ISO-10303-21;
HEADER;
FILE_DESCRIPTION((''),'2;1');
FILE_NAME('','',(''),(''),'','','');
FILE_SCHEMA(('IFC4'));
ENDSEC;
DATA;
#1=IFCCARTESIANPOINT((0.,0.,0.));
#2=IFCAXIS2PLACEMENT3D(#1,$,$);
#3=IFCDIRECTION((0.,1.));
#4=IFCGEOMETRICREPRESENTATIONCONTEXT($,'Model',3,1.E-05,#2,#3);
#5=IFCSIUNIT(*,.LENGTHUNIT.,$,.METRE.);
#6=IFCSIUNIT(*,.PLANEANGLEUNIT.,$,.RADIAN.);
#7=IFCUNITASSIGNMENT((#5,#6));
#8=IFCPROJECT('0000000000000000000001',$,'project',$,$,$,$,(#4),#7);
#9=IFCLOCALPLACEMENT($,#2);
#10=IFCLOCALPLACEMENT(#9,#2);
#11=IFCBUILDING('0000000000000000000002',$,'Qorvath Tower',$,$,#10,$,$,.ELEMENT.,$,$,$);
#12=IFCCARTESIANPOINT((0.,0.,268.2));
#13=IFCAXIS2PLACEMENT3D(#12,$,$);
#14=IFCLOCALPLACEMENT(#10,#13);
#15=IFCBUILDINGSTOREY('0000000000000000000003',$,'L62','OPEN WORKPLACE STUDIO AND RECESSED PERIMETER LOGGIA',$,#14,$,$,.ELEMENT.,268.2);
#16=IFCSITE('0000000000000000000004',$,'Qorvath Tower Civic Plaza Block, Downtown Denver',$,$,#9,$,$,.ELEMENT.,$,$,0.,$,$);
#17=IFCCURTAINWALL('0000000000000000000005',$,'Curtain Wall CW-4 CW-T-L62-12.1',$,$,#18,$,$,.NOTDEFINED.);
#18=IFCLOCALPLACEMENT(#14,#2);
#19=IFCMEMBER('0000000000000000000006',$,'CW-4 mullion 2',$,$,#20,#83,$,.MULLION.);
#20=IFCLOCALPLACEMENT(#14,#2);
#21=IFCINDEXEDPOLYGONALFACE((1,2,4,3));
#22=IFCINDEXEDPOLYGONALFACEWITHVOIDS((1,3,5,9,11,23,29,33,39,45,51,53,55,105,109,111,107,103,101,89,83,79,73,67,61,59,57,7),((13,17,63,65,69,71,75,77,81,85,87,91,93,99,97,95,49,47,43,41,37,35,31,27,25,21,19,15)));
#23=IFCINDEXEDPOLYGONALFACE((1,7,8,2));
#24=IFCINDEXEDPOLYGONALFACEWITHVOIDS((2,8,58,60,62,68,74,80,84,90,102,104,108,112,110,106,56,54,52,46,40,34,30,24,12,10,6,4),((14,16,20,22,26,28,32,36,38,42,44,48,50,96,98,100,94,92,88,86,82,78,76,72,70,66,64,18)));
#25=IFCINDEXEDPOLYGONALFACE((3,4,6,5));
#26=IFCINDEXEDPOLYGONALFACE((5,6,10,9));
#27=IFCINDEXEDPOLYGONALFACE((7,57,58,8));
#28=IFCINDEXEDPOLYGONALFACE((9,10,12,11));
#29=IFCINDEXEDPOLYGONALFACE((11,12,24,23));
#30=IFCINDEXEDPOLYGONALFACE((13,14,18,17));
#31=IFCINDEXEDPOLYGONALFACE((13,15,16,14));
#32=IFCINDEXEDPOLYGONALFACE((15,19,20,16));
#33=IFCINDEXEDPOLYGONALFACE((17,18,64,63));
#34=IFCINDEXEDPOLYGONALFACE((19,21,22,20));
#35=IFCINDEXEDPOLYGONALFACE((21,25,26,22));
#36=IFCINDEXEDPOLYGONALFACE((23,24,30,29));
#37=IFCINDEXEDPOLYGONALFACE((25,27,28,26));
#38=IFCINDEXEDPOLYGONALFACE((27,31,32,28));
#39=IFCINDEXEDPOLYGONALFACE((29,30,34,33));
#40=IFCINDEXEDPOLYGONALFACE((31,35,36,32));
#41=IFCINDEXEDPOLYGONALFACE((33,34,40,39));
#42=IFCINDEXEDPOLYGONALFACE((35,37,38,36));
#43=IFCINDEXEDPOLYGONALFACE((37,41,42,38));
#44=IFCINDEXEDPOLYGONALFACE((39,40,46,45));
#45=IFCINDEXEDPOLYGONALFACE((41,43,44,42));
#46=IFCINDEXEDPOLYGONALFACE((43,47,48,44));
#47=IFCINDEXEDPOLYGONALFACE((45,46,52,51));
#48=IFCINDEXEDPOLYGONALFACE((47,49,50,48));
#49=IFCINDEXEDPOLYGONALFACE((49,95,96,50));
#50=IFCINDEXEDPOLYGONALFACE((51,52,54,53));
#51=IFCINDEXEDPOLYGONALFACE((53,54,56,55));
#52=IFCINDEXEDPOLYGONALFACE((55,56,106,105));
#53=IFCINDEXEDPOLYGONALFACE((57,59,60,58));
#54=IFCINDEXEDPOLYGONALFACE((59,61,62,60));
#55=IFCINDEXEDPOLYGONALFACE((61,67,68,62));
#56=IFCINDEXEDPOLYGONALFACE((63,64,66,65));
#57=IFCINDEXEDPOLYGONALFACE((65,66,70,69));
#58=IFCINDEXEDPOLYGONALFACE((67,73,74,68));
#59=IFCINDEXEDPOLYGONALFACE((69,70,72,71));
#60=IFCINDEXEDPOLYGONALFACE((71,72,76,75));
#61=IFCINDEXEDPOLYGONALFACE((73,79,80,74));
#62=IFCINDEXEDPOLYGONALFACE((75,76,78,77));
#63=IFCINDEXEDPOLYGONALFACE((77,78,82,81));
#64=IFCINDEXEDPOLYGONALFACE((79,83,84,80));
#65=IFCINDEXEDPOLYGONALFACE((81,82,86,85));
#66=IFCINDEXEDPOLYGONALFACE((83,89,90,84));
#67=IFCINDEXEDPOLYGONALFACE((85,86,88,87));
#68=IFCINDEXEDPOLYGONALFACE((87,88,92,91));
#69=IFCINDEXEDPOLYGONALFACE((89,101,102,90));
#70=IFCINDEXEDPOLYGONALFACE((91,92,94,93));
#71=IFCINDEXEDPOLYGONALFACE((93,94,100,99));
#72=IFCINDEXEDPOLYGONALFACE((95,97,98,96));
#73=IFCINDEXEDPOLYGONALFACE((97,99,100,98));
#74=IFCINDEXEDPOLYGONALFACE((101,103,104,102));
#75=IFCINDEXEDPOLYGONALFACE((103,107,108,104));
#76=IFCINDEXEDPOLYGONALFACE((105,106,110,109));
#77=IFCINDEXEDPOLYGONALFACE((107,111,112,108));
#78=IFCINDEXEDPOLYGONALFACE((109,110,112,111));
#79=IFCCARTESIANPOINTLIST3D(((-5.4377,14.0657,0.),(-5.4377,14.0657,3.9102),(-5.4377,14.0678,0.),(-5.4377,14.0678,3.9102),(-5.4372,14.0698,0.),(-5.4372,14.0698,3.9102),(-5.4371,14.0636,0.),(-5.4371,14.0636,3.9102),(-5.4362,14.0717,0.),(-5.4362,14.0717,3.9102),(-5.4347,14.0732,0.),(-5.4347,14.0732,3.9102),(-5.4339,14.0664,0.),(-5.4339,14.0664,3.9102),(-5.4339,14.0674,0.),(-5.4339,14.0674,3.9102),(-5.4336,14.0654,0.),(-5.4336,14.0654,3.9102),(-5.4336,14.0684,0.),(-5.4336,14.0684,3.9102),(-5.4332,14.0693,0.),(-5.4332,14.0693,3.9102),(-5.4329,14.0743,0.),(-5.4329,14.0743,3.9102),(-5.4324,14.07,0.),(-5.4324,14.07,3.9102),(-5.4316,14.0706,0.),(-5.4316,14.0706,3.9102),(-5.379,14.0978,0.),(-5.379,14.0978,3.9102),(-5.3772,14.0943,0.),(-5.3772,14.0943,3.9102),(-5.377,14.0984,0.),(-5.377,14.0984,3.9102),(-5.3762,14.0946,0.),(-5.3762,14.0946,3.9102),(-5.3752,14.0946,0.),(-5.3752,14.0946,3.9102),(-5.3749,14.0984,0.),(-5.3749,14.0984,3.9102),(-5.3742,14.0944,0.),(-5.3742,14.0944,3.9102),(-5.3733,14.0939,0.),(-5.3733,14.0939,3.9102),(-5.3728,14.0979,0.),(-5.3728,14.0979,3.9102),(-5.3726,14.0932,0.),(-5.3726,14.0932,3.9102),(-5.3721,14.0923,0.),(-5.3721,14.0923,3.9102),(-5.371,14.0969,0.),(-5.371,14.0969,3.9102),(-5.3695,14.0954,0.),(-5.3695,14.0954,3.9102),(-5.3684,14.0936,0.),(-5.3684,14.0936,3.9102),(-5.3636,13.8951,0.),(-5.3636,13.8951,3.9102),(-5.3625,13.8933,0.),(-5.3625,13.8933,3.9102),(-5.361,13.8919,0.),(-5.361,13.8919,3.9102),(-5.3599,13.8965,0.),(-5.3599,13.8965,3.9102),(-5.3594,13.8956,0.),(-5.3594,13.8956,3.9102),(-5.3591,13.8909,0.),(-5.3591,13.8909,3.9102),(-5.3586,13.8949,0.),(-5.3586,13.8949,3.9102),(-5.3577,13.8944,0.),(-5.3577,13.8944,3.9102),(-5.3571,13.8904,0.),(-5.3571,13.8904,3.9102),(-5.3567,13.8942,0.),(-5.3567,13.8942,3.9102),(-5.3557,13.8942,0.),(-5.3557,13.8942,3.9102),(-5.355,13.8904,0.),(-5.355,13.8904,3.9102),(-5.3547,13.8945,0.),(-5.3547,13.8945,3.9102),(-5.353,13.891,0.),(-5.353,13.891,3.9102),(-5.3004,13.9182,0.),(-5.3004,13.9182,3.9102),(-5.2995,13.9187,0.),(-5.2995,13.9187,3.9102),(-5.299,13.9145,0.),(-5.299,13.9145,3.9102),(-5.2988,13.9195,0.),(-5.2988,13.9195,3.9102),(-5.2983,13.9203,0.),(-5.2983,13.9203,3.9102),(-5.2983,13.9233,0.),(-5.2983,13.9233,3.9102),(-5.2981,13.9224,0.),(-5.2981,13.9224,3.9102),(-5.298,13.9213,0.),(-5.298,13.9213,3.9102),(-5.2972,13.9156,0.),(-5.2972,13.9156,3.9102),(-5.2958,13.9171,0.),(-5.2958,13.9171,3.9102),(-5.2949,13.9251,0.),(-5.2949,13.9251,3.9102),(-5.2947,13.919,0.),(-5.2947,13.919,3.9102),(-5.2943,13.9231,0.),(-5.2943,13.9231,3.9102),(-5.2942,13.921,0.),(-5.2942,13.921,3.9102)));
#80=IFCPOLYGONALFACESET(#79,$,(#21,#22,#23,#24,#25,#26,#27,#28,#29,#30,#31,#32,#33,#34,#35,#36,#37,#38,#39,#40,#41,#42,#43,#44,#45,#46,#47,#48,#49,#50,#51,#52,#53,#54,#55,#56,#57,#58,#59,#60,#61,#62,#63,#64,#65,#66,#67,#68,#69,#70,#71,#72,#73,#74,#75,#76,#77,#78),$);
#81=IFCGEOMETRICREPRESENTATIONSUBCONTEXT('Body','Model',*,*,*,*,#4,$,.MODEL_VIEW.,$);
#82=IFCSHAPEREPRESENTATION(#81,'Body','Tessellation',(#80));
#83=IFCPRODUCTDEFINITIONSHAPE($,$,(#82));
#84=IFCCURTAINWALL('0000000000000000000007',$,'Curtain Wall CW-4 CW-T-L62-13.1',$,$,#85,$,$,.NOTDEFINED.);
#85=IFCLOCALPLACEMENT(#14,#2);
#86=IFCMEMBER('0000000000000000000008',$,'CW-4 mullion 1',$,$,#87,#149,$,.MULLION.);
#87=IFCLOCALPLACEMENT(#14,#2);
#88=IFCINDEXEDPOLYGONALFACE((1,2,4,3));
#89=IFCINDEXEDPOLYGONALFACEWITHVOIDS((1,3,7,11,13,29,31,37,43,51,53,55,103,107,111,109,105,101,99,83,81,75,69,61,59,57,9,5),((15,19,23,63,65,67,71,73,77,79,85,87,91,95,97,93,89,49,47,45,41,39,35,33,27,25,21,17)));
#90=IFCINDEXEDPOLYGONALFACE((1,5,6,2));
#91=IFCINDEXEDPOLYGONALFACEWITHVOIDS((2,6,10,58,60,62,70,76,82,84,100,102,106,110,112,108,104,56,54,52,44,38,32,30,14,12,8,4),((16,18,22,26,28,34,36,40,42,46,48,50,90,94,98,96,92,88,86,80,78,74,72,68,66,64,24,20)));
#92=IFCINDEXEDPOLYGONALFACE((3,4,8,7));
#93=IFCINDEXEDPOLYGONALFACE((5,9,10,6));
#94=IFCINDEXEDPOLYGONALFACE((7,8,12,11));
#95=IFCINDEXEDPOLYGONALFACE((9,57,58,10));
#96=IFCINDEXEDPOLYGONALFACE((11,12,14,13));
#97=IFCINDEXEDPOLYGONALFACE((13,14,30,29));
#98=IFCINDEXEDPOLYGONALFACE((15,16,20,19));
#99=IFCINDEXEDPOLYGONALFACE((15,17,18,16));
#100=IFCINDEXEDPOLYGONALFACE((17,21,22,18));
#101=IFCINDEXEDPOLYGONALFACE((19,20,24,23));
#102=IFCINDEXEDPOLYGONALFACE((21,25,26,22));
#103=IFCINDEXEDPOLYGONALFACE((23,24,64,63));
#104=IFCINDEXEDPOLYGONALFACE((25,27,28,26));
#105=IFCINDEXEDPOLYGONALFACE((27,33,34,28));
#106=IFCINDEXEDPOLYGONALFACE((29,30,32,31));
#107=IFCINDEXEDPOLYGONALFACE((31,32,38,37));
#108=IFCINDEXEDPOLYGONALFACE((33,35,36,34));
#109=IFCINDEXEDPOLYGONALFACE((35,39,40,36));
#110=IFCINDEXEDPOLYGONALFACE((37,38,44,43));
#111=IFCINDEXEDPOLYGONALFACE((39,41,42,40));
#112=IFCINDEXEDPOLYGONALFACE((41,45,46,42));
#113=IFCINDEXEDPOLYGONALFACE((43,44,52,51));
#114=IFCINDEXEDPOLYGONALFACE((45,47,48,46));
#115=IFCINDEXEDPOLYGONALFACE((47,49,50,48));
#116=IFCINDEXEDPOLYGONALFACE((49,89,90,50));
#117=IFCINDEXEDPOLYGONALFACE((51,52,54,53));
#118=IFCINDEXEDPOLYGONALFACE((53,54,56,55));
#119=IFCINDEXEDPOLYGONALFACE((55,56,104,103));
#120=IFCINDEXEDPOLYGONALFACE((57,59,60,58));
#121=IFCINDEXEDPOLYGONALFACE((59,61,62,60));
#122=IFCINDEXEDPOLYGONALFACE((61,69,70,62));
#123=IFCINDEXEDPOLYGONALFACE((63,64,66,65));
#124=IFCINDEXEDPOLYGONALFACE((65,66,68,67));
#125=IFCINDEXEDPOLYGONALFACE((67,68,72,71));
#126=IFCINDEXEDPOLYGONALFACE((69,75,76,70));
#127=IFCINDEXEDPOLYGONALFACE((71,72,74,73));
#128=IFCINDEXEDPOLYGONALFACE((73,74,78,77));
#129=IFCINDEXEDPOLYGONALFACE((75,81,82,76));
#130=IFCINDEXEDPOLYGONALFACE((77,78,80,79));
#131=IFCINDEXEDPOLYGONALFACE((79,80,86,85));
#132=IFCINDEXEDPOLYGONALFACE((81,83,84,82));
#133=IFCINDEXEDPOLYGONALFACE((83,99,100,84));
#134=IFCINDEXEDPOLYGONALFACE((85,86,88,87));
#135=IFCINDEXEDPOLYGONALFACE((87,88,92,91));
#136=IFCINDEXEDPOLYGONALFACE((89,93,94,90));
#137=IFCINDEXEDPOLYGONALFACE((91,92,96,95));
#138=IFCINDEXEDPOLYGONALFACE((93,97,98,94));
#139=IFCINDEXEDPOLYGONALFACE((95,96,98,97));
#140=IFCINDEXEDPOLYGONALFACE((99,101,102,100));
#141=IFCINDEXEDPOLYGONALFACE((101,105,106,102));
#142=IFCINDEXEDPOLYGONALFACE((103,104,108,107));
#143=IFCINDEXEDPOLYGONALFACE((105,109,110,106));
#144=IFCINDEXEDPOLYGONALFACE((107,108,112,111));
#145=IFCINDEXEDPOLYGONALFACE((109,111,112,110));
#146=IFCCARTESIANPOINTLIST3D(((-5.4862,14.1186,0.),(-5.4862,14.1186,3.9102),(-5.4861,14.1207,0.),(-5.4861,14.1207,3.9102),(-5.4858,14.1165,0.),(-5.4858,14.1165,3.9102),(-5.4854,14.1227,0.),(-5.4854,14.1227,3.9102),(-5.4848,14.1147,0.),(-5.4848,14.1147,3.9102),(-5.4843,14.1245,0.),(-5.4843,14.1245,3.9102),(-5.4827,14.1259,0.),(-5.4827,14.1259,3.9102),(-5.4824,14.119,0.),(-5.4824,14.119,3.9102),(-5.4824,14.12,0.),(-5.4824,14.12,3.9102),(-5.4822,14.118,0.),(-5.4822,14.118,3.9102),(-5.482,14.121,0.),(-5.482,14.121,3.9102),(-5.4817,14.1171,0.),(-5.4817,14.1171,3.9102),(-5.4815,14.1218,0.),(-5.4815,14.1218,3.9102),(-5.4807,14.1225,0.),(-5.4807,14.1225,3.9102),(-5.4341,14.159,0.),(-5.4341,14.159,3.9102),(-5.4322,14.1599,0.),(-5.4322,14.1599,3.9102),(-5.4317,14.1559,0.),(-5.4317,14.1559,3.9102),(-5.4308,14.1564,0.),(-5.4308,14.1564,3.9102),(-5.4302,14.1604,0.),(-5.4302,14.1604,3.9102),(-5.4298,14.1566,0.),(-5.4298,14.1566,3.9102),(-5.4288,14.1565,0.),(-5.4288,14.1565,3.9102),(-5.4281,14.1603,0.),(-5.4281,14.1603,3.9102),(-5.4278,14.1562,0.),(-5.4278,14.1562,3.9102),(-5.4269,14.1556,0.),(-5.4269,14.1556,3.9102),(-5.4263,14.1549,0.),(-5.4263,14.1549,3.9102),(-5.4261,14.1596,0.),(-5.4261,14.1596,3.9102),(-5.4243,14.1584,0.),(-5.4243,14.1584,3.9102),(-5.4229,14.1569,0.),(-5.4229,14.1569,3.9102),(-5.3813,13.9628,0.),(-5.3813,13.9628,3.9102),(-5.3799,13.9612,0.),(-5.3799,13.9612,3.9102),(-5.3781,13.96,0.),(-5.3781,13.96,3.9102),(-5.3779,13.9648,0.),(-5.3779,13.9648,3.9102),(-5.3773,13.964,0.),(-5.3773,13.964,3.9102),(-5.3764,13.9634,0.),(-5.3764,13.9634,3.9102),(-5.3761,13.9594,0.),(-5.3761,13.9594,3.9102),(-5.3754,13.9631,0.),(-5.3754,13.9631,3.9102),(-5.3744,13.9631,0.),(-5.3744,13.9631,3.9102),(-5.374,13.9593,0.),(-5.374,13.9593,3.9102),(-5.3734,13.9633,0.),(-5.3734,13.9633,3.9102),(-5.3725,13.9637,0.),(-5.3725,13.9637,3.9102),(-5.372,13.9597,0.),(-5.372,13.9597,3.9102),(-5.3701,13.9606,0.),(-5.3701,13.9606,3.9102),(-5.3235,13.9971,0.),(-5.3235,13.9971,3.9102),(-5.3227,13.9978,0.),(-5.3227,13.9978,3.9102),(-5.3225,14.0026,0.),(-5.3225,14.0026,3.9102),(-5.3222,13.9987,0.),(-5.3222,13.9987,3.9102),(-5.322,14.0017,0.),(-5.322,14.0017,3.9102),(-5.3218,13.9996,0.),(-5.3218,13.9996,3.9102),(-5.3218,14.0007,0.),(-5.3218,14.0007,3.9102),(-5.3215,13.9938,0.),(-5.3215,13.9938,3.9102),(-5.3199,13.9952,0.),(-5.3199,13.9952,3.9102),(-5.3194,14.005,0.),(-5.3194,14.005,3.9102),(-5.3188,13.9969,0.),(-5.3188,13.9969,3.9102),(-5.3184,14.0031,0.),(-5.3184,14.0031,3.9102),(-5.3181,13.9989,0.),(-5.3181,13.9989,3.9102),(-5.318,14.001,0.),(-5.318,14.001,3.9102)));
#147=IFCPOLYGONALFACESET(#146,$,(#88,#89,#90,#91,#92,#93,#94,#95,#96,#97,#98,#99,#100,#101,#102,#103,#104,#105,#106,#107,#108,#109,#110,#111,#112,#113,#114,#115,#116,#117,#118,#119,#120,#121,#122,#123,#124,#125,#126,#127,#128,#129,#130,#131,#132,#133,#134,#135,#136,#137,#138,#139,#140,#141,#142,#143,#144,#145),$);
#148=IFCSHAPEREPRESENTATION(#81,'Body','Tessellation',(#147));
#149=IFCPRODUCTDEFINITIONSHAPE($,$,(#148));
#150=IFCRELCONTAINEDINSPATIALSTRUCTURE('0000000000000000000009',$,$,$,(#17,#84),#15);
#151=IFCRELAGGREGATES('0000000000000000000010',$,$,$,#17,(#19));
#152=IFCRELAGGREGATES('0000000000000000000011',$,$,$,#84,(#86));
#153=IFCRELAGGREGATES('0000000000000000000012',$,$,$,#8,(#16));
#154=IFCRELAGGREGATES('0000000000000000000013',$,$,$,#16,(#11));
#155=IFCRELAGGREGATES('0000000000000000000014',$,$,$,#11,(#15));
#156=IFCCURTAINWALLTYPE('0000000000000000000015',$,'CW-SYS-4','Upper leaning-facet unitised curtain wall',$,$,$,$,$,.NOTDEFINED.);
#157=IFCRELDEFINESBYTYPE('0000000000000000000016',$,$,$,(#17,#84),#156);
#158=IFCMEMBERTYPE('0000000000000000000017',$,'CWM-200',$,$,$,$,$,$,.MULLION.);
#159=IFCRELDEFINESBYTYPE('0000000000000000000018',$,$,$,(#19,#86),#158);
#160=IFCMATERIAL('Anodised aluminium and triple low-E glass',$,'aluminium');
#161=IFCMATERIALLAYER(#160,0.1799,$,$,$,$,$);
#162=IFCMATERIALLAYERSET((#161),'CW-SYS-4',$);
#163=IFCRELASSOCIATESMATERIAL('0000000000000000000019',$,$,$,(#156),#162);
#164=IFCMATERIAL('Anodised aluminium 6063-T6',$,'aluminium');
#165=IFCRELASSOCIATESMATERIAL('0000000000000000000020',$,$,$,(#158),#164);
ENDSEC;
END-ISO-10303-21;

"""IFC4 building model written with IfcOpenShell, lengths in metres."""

from ifc_helpers import new_model, si_unit, direction, frame, origin, origin_2d, place, context, subcontext, project, spatial, hollow_rectangle, extrude, material, layer, layer_set, material_profile, profile_set, type_object, element, aggregate, save


model = new_model("IFC4")

# Units and contexts
model_context = context("Model", 3, precision=1e-05, world=origin(), true_north=direction((0.0, 1.0)))
body_context = subcontext(model_context, "Body", "Model", "MODEL_VIEW")
ifc_project = project(units=[si_unit("LENGTHUNIT", "METRE"), si_unit("PLANEANGLEUNIT", "RADIAN")], contexts=[model_context])

# Site, building, storey
site_placement = place(None, origin())
site = spatial("IfcSite", under=ifc_project, at=site_placement, Name="Qorvath Tower Civic Plaza Block, Downtown Denver", CompositionType="ELEMENT", RefElevation=0.0)
building_placement = place(site_placement, origin())
building = spatial("IfcBuilding", under=site, at=building_placement, Name="Qorvath Tower", CompositionType="ELEMENT")
storey_placement = place(building_placement, frame((0.0, 0.0, 268.2)))
storey = spatial("IfcBuildingStorey", under=building, at=storey_placement, Name="L62", Description="OPEN WORKPLACE STUDIO AND RECESSED PERIMETER LOGGIA", CompositionType="ELEMENT", Elevation=268.2)

# Shared definitions
ifc_material_1 = material(Name="Anodised aluminium and triple low-E glass", Category="aluminium")
ifc_layer_1 = layer(ifc_material_1, 0.1799)
ifc_layer_set_1 = layer_set([ifc_layer_1], Name="CW-SYS-4")
curtain_wall_type = type_object("IfcCurtainWallType", Name="CW-SYS-4", Description="Upper leaning-facet unitised curtain wall", PredefinedType="NOTDEFINED", material=ifc_layer_set_1)
ifc_material_2 = material(Name="Anodised aluminium 6063-T6", Category="aluminium")
ifc_material_profile_1 = material_profile(ifc_material_2, hollow_rectangle(XDim=0.075, YDim=0.2, WallThickness=0.0039, InnerFilletRadius=0.0039, OuterFilletRadius=0.0081, at=origin_2d()), Name="CWM 200x75")
ifc_profile_set_1 = profile_set([ifc_material_profile_1], Name="Anodised aluminium 6063-T6")
member_type_1 = type_object("IfcMemberType", Name="CWM-200", PredefinedType="MULLION", material=ifc_profile_set_1)

# Curtain walls, members
curtain_wall_1_placement = place(storey_placement, origin())
curtain_wall_1 = element("IfcCurtainWall", 1, at=curtain_wall_1_placement, inside=storey, type_object=curtain_wall_type, Name="Curtain Wall CW-4 CW-T-L62-12.1", PredefinedType="NOTDEFINED")
member_1_placement = place(storey_placement, frame((-5.366, 13.9944, 0.0), z_axis=(0.0, 0.0, 1.0), x_axis=(-0.916559, -0.3999, 0.0)))
member_1 = element("IfcMember", 2, at=member_1_placement, type_object=member_type_1, Name="CW-4 mullion 2", PredefinedType="MULLION", context=body_context, shape_type="SweptSolid", body=[
    extrude(hollow_rectangle(XDim=0.075, YDim=0.2, WallThickness=0.0039, InnerFilletRadius=0.0039, OuterFilletRadius=0.0081, at=origin_2d()), origin(), (0.0, 0.0, 1.0), 3.9102),
])
curtain_wall_2_placement = place(storey_placement, origin())
curtain_wall_2 = element("IfcCurtainWall", 3, at=curtain_wall_2_placement, inside=storey, type_object=curtain_wall_type, Name="Curtain Wall CW-4 CW-T-L62-13.1", PredefinedType="NOTDEFINED")
member_2_placement = place(storey_placement, frame((-5.4021, 14.0598, 0.0), z_axis=(0.0, 0.0, 1.0), x_axis=(-0.826319, -0.563203, 0.0)))
member_2 = element("IfcMember", 4, at=member_2_placement, type_object=member_type_1, Name="CW-4 mullion 1", PredefinedType="MULLION", context=body_context, shape_type="SweptSolid", body=[
    extrude(hollow_rectangle(XDim=0.075, YDim=0.2, WallThickness=0.0039, InnerFilletRadius=0.0039, OuterFilletRadius=0.0081, at=origin_2d()), origin(), (0.0, 0.0, 1.0), 3.9102),
])

aggregate(curtain_wall_1, [member_1])
aggregate(curtain_wall_2, [member_2])

save(model, "model.ifc")
